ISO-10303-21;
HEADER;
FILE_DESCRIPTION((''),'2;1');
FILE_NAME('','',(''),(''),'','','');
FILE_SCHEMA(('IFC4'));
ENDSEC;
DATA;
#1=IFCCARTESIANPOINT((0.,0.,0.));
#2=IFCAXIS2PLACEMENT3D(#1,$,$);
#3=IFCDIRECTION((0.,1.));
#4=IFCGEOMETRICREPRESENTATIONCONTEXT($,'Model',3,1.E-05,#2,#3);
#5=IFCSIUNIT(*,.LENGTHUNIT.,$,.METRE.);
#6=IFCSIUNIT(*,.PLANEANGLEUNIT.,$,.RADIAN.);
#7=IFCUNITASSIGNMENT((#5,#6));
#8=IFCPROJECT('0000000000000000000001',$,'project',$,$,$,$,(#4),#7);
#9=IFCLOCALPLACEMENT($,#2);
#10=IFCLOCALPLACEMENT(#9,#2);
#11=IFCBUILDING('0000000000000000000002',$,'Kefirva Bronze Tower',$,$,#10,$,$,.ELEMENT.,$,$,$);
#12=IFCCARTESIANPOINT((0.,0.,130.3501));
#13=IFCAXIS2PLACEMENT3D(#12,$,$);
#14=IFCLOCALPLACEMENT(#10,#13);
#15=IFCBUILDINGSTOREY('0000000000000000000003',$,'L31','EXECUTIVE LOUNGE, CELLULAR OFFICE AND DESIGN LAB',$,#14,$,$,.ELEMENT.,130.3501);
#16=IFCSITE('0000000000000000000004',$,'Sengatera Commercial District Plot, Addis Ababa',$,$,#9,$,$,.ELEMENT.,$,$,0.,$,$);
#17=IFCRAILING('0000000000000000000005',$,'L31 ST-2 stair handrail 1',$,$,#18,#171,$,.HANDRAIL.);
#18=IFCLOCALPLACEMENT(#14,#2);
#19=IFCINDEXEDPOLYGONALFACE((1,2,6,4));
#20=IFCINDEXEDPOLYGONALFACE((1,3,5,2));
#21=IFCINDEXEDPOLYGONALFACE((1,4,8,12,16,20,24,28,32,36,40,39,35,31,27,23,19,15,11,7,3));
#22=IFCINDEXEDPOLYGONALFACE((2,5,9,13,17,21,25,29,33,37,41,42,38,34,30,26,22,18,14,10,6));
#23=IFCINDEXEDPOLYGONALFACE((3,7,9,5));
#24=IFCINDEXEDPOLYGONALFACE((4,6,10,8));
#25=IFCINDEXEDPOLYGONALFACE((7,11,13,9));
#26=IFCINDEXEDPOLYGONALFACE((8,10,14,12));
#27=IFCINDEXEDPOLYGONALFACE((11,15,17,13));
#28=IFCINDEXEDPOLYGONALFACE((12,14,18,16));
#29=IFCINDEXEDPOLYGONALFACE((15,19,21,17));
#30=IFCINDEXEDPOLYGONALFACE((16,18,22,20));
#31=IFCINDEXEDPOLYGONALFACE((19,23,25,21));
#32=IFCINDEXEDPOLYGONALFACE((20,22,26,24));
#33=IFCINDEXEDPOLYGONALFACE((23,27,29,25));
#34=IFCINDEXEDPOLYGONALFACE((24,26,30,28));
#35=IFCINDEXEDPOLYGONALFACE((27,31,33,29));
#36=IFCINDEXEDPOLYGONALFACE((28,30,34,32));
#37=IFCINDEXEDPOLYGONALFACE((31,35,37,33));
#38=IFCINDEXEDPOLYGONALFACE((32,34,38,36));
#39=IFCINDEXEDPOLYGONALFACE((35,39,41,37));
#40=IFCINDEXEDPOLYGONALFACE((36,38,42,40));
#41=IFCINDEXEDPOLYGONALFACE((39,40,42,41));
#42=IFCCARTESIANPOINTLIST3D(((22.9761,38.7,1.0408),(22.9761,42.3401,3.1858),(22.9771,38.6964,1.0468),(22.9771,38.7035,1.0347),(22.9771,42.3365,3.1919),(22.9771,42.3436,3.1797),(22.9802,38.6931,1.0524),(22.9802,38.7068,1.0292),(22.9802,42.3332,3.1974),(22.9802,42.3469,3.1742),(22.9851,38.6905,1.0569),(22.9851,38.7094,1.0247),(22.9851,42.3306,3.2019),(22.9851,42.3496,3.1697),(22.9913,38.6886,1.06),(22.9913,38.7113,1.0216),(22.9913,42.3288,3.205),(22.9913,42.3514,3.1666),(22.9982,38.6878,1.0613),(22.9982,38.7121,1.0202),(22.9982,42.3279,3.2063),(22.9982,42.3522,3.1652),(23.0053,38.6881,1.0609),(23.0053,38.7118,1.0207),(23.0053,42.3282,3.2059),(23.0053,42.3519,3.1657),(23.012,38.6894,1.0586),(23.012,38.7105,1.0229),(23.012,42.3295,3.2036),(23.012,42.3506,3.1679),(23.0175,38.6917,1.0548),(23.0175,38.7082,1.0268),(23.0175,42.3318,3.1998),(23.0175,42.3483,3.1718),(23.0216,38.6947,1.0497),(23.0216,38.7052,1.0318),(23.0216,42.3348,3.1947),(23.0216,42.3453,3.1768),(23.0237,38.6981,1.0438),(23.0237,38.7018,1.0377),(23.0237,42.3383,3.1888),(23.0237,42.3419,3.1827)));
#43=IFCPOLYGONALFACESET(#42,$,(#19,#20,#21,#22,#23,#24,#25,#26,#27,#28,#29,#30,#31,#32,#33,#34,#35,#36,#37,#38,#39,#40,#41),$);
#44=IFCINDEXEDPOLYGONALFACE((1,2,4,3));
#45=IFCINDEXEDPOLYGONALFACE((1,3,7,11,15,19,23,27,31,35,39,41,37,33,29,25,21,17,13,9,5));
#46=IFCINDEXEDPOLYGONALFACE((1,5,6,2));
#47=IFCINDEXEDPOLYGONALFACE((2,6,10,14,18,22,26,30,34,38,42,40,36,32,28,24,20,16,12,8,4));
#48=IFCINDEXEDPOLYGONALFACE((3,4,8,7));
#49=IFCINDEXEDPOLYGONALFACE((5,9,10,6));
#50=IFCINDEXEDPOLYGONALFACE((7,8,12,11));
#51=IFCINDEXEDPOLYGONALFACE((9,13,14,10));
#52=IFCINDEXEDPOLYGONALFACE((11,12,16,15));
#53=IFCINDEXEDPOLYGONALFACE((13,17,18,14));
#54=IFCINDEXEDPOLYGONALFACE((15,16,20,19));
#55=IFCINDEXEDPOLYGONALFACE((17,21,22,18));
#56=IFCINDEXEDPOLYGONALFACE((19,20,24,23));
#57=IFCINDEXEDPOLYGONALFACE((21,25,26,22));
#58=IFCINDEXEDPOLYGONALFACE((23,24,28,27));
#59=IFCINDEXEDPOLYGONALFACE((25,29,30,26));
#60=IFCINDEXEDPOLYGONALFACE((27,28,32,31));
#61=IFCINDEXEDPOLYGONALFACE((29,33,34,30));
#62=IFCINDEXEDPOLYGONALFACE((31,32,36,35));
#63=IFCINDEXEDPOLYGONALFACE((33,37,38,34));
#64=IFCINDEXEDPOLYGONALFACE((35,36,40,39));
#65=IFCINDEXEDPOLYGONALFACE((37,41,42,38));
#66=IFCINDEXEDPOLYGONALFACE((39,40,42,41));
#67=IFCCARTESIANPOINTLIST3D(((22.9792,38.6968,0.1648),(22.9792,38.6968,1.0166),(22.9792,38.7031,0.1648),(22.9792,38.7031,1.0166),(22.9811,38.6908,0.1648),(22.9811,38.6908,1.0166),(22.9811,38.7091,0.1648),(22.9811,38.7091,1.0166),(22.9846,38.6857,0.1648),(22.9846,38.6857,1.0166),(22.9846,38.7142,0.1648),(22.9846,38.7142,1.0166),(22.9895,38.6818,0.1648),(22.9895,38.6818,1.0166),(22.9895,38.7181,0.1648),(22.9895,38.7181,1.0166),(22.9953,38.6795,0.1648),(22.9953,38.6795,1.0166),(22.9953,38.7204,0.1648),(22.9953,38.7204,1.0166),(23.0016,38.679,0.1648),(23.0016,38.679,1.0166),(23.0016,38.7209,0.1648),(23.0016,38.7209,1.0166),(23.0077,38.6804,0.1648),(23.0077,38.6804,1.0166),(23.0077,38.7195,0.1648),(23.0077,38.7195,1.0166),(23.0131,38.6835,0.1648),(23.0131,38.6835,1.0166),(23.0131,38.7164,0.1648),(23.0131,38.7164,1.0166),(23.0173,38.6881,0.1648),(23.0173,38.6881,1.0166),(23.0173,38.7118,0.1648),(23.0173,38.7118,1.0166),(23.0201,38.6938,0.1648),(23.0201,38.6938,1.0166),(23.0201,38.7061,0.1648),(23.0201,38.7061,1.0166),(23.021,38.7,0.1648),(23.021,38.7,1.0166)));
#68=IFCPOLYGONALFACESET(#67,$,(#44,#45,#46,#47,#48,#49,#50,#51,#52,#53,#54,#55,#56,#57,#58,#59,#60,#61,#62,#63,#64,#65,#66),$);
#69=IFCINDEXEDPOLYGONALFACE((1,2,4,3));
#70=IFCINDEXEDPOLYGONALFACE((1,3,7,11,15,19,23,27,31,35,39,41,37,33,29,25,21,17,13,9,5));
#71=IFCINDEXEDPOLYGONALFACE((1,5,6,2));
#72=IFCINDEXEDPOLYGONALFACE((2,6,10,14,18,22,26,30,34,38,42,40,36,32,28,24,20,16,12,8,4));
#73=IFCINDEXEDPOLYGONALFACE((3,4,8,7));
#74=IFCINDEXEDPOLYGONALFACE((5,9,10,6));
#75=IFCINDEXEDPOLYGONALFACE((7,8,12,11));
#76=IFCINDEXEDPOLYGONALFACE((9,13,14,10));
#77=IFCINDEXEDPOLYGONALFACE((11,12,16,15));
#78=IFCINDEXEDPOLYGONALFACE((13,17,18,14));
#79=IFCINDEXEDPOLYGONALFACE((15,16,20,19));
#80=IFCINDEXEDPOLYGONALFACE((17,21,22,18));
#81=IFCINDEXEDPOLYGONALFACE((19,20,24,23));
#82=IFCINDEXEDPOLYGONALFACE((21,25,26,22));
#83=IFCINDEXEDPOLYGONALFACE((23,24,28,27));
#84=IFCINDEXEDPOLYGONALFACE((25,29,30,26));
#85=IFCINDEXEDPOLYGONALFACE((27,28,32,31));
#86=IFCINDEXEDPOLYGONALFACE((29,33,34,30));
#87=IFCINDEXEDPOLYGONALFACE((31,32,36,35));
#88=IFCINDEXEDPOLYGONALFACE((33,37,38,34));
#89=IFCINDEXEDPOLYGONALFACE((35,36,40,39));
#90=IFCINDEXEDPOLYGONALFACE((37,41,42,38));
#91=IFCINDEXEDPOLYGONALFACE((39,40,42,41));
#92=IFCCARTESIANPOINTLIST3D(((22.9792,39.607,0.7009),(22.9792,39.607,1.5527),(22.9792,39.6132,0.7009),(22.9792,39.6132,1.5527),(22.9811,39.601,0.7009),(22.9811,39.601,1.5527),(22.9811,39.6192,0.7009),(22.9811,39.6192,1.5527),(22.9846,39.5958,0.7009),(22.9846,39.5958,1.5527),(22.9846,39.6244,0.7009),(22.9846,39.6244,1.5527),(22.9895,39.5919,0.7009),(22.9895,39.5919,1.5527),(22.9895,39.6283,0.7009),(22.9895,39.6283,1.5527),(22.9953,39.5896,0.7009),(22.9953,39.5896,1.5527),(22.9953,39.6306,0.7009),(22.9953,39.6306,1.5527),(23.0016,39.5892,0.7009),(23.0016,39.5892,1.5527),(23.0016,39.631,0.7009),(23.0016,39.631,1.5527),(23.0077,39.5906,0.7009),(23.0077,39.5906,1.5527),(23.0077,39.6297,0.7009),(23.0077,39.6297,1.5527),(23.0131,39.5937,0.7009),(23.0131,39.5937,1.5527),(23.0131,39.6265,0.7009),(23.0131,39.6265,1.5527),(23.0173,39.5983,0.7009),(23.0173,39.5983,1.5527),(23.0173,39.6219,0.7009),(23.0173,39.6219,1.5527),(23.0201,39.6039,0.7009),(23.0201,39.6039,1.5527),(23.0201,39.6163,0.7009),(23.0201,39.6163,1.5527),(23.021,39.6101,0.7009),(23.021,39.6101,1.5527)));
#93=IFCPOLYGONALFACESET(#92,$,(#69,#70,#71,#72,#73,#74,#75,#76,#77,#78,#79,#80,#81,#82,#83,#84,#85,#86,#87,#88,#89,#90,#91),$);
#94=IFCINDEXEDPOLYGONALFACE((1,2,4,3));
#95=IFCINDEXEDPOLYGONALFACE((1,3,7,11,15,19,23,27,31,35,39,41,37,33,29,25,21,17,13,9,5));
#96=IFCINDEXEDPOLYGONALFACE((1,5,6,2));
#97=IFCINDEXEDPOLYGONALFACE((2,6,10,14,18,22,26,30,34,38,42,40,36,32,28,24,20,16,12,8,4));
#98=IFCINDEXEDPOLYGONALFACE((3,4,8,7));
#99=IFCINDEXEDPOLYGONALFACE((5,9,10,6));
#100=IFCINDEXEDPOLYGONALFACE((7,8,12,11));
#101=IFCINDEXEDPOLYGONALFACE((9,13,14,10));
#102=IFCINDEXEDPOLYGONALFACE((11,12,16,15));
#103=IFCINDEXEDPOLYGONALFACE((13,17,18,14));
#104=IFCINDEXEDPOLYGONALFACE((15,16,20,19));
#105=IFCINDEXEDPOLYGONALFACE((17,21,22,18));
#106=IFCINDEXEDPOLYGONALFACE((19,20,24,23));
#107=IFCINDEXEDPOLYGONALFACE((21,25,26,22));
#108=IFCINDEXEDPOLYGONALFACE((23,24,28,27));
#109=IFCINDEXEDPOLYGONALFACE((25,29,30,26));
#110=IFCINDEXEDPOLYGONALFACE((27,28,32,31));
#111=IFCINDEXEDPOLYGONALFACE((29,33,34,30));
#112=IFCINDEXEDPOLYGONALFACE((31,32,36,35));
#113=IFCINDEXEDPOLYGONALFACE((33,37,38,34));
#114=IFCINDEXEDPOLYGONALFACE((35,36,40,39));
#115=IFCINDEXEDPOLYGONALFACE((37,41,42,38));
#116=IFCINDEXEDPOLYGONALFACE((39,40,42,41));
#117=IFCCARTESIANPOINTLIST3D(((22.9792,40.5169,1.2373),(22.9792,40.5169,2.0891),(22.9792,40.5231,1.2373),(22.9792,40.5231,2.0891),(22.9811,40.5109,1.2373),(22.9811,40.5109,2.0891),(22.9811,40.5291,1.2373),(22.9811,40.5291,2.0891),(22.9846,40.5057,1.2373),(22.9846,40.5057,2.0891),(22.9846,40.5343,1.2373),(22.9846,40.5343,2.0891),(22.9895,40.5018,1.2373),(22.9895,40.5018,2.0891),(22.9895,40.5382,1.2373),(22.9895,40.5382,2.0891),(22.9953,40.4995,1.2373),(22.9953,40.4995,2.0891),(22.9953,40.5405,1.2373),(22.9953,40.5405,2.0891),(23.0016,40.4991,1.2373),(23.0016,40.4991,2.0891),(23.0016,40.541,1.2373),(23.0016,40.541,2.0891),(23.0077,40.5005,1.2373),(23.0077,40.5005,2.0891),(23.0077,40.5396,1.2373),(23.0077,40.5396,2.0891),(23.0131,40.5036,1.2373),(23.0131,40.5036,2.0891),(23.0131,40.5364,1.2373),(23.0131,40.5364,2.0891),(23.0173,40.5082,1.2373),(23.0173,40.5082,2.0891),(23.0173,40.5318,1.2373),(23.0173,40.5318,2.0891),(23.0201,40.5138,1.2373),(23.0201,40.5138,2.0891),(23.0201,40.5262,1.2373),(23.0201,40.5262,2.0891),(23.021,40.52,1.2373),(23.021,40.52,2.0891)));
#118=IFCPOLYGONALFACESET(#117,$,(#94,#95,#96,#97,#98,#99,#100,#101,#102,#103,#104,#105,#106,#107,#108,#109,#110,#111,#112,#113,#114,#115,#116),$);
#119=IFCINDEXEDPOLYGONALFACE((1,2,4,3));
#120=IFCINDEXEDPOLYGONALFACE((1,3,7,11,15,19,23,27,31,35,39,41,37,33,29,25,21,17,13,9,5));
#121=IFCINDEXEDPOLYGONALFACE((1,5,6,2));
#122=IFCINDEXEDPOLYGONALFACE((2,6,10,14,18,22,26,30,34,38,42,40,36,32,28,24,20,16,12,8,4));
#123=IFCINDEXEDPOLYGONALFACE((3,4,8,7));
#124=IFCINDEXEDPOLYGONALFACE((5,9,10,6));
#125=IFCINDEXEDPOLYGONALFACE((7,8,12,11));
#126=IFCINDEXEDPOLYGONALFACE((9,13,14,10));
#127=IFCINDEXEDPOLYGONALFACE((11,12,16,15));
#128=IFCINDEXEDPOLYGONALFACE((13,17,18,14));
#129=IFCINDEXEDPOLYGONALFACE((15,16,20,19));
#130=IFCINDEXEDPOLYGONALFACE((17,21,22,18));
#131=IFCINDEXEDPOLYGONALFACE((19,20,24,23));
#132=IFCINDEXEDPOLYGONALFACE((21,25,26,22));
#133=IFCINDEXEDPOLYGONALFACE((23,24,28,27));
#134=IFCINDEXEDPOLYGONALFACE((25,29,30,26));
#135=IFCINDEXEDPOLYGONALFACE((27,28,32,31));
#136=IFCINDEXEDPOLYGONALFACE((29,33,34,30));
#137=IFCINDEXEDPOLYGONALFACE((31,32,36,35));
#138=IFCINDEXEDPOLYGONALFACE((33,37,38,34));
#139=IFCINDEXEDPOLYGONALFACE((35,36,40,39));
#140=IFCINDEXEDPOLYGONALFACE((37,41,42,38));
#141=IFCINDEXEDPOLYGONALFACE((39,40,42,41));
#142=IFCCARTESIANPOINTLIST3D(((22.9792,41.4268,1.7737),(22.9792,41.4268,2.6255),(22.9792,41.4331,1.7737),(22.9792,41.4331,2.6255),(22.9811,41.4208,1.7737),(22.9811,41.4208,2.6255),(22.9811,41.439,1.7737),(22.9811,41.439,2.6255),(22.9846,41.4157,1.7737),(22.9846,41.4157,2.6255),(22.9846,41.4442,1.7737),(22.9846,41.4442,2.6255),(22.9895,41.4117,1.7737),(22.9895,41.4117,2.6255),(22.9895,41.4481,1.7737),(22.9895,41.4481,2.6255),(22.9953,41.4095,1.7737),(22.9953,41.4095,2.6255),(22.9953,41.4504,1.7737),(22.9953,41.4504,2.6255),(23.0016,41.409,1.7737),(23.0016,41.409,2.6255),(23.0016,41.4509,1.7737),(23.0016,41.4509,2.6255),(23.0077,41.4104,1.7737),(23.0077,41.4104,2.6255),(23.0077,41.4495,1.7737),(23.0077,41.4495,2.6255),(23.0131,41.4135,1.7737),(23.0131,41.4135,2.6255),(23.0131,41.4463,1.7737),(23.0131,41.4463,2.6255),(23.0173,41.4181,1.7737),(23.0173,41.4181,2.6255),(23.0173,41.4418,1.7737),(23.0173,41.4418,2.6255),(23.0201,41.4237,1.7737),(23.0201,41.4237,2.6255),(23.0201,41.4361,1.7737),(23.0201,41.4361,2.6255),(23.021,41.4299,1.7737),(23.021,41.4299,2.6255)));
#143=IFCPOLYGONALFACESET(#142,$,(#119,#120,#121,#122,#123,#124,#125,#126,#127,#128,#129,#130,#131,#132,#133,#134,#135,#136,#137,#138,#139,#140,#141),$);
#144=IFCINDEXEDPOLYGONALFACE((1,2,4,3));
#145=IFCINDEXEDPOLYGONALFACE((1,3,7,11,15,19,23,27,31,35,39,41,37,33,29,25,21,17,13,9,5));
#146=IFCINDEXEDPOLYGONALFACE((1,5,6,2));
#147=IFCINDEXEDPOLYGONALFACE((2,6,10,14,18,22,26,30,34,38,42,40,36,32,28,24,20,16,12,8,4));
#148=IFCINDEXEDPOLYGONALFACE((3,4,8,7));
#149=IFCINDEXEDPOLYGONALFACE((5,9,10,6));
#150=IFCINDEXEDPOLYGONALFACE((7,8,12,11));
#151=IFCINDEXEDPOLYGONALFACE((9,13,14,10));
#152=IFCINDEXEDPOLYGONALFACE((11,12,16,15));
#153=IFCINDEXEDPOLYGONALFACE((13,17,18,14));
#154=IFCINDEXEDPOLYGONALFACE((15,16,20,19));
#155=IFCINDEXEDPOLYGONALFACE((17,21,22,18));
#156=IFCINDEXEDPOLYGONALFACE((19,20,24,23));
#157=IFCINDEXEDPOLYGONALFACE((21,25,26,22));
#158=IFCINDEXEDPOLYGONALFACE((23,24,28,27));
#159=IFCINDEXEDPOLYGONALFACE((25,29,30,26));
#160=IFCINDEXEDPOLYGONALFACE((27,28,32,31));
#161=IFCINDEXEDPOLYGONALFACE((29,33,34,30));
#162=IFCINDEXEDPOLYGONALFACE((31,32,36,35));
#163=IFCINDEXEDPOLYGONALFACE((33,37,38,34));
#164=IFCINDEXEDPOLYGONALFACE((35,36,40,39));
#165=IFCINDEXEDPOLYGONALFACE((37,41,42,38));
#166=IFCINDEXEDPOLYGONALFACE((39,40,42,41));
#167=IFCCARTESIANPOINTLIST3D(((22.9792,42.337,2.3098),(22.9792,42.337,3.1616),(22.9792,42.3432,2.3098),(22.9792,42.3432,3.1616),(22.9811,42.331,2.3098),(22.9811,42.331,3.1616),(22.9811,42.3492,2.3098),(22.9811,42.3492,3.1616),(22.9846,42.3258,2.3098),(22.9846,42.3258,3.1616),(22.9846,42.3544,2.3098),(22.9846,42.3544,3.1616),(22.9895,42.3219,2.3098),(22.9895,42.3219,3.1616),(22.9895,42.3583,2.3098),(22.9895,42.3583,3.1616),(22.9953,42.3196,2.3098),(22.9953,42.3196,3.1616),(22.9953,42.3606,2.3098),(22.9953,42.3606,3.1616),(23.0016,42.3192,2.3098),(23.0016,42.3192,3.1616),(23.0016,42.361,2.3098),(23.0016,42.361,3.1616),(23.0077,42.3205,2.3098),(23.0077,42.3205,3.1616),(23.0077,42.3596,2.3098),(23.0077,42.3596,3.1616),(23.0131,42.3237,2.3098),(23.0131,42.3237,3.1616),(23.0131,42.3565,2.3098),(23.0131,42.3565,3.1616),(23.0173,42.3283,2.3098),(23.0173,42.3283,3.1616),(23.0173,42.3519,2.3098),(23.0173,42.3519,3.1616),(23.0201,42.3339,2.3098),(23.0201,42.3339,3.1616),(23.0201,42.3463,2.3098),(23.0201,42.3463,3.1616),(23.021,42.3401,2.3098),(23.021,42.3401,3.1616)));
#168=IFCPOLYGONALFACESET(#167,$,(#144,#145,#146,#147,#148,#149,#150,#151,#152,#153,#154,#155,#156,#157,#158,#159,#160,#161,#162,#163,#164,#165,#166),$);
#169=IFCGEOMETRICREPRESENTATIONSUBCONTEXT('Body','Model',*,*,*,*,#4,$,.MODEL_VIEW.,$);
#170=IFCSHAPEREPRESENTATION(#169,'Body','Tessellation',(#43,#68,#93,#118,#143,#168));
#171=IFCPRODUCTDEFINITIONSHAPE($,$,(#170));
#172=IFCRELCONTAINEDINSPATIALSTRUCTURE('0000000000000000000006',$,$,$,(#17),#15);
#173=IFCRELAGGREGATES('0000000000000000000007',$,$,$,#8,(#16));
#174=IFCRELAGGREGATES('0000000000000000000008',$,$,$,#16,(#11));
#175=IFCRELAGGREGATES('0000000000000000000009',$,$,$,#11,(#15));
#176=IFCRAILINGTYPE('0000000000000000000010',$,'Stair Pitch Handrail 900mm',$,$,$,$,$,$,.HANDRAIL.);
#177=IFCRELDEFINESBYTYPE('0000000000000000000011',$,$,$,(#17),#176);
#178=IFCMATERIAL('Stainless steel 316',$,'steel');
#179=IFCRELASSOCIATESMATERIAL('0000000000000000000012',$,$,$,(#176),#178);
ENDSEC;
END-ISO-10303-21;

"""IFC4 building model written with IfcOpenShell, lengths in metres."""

from ifc_helpers import new_model, si_unit, direction, frame, origin, origin_2d, place, context, subcontext, project, spatial, circle, extrude, material, type_object, element, save


model = new_model("IFC4")

# Units and contexts
model_context = context("Model", 3, precision=1e-05, world=origin(), true_north=direction((0.0, 1.0)))
body_context = subcontext(model_context, "Body", "Model", "MODEL_VIEW")
ifc_project = project(units=[si_unit("LENGTHUNIT", "METRE"), si_unit("PLANEANGLEUNIT", "RADIAN")], contexts=[model_context])

# Site, building, storey
site_placement = place(None, origin())
site = spatial("IfcSite", under=ifc_project, at=site_placement, Name="Sengatera Commercial District Plot, Addis Ababa", CompositionType="ELEMENT", RefElevation=0.0)
building_placement = place(site_placement, origin())
building = spatial("IfcBuilding", under=site, at=building_placement, Name="Kefirva Bronze Tower", CompositionType="ELEMENT")
storey_placement = place(building_placement, frame((0.0, 0.0, 130.3501)))
storey = spatial("IfcBuildingStorey", under=building, at=storey_placement, Name="L31", Description="EXECUTIVE LOUNGE, CELLULAR OFFICE AND DESIGN LAB", CompositionType="ELEMENT", Elevation=130.3501)

# Railing
ifc_material_1 = material(Name="Stainless steel 316", Category="steel")
railing_type_1 = type_object("IfcRailingType", Name="Stair Pitch Handrail 900mm", PredefinedType="HANDRAIL", material=ifc_material_1)
railing_1_placement = place(storey_placement, frame((23.0, 38.7, 0.1648)))
element("IfcRailing", 1, at=railing_1_placement, inside=storey, type_object=railing_type_1, Name="L31 ST-2 stair handrail 1", PredefinedType="HANDRAIL", context=body_context, shape_type="SweptSolid", body=[
    extrude(circle(Radius=0.0239, at=origin_2d()), frame((0.0, 0.0, 0.876), z_axis=(0.0, 0.861545, 0.507682), x_axis=(-1.0, 0.0, 0.0)), (0.0, 0.0, 1.0), 4.2251),
    extrude(circle(Radius=0.021, at=origin_2d()), origin(), (0.0, 0.0, 1.0), 0.8518),
    extrude(circle(Radius=0.021, at=origin_2d()), frame((0.0, 0.9102, 0.5361)), (0.0, 0.0, 1.0), 0.8518),
    extrude(circle(Radius=0.021, at=origin_2d()), frame((0.0, 1.8201, 1.0725)), (0.0, 0.0, 1.0), 0.8518),
    extrude(circle(Radius=0.021, at=origin_2d()), frame((0.0, 2.73, 1.6089)), (0.0, 0.0, 1.0), 0.8518),
    extrude(circle(Radius=0.021, at=origin_2d()), frame((0.0, 3.6401, 2.145)), (0.0, 0.0, 1.0), 0.8518),
])

save(model, "model.ifc")
